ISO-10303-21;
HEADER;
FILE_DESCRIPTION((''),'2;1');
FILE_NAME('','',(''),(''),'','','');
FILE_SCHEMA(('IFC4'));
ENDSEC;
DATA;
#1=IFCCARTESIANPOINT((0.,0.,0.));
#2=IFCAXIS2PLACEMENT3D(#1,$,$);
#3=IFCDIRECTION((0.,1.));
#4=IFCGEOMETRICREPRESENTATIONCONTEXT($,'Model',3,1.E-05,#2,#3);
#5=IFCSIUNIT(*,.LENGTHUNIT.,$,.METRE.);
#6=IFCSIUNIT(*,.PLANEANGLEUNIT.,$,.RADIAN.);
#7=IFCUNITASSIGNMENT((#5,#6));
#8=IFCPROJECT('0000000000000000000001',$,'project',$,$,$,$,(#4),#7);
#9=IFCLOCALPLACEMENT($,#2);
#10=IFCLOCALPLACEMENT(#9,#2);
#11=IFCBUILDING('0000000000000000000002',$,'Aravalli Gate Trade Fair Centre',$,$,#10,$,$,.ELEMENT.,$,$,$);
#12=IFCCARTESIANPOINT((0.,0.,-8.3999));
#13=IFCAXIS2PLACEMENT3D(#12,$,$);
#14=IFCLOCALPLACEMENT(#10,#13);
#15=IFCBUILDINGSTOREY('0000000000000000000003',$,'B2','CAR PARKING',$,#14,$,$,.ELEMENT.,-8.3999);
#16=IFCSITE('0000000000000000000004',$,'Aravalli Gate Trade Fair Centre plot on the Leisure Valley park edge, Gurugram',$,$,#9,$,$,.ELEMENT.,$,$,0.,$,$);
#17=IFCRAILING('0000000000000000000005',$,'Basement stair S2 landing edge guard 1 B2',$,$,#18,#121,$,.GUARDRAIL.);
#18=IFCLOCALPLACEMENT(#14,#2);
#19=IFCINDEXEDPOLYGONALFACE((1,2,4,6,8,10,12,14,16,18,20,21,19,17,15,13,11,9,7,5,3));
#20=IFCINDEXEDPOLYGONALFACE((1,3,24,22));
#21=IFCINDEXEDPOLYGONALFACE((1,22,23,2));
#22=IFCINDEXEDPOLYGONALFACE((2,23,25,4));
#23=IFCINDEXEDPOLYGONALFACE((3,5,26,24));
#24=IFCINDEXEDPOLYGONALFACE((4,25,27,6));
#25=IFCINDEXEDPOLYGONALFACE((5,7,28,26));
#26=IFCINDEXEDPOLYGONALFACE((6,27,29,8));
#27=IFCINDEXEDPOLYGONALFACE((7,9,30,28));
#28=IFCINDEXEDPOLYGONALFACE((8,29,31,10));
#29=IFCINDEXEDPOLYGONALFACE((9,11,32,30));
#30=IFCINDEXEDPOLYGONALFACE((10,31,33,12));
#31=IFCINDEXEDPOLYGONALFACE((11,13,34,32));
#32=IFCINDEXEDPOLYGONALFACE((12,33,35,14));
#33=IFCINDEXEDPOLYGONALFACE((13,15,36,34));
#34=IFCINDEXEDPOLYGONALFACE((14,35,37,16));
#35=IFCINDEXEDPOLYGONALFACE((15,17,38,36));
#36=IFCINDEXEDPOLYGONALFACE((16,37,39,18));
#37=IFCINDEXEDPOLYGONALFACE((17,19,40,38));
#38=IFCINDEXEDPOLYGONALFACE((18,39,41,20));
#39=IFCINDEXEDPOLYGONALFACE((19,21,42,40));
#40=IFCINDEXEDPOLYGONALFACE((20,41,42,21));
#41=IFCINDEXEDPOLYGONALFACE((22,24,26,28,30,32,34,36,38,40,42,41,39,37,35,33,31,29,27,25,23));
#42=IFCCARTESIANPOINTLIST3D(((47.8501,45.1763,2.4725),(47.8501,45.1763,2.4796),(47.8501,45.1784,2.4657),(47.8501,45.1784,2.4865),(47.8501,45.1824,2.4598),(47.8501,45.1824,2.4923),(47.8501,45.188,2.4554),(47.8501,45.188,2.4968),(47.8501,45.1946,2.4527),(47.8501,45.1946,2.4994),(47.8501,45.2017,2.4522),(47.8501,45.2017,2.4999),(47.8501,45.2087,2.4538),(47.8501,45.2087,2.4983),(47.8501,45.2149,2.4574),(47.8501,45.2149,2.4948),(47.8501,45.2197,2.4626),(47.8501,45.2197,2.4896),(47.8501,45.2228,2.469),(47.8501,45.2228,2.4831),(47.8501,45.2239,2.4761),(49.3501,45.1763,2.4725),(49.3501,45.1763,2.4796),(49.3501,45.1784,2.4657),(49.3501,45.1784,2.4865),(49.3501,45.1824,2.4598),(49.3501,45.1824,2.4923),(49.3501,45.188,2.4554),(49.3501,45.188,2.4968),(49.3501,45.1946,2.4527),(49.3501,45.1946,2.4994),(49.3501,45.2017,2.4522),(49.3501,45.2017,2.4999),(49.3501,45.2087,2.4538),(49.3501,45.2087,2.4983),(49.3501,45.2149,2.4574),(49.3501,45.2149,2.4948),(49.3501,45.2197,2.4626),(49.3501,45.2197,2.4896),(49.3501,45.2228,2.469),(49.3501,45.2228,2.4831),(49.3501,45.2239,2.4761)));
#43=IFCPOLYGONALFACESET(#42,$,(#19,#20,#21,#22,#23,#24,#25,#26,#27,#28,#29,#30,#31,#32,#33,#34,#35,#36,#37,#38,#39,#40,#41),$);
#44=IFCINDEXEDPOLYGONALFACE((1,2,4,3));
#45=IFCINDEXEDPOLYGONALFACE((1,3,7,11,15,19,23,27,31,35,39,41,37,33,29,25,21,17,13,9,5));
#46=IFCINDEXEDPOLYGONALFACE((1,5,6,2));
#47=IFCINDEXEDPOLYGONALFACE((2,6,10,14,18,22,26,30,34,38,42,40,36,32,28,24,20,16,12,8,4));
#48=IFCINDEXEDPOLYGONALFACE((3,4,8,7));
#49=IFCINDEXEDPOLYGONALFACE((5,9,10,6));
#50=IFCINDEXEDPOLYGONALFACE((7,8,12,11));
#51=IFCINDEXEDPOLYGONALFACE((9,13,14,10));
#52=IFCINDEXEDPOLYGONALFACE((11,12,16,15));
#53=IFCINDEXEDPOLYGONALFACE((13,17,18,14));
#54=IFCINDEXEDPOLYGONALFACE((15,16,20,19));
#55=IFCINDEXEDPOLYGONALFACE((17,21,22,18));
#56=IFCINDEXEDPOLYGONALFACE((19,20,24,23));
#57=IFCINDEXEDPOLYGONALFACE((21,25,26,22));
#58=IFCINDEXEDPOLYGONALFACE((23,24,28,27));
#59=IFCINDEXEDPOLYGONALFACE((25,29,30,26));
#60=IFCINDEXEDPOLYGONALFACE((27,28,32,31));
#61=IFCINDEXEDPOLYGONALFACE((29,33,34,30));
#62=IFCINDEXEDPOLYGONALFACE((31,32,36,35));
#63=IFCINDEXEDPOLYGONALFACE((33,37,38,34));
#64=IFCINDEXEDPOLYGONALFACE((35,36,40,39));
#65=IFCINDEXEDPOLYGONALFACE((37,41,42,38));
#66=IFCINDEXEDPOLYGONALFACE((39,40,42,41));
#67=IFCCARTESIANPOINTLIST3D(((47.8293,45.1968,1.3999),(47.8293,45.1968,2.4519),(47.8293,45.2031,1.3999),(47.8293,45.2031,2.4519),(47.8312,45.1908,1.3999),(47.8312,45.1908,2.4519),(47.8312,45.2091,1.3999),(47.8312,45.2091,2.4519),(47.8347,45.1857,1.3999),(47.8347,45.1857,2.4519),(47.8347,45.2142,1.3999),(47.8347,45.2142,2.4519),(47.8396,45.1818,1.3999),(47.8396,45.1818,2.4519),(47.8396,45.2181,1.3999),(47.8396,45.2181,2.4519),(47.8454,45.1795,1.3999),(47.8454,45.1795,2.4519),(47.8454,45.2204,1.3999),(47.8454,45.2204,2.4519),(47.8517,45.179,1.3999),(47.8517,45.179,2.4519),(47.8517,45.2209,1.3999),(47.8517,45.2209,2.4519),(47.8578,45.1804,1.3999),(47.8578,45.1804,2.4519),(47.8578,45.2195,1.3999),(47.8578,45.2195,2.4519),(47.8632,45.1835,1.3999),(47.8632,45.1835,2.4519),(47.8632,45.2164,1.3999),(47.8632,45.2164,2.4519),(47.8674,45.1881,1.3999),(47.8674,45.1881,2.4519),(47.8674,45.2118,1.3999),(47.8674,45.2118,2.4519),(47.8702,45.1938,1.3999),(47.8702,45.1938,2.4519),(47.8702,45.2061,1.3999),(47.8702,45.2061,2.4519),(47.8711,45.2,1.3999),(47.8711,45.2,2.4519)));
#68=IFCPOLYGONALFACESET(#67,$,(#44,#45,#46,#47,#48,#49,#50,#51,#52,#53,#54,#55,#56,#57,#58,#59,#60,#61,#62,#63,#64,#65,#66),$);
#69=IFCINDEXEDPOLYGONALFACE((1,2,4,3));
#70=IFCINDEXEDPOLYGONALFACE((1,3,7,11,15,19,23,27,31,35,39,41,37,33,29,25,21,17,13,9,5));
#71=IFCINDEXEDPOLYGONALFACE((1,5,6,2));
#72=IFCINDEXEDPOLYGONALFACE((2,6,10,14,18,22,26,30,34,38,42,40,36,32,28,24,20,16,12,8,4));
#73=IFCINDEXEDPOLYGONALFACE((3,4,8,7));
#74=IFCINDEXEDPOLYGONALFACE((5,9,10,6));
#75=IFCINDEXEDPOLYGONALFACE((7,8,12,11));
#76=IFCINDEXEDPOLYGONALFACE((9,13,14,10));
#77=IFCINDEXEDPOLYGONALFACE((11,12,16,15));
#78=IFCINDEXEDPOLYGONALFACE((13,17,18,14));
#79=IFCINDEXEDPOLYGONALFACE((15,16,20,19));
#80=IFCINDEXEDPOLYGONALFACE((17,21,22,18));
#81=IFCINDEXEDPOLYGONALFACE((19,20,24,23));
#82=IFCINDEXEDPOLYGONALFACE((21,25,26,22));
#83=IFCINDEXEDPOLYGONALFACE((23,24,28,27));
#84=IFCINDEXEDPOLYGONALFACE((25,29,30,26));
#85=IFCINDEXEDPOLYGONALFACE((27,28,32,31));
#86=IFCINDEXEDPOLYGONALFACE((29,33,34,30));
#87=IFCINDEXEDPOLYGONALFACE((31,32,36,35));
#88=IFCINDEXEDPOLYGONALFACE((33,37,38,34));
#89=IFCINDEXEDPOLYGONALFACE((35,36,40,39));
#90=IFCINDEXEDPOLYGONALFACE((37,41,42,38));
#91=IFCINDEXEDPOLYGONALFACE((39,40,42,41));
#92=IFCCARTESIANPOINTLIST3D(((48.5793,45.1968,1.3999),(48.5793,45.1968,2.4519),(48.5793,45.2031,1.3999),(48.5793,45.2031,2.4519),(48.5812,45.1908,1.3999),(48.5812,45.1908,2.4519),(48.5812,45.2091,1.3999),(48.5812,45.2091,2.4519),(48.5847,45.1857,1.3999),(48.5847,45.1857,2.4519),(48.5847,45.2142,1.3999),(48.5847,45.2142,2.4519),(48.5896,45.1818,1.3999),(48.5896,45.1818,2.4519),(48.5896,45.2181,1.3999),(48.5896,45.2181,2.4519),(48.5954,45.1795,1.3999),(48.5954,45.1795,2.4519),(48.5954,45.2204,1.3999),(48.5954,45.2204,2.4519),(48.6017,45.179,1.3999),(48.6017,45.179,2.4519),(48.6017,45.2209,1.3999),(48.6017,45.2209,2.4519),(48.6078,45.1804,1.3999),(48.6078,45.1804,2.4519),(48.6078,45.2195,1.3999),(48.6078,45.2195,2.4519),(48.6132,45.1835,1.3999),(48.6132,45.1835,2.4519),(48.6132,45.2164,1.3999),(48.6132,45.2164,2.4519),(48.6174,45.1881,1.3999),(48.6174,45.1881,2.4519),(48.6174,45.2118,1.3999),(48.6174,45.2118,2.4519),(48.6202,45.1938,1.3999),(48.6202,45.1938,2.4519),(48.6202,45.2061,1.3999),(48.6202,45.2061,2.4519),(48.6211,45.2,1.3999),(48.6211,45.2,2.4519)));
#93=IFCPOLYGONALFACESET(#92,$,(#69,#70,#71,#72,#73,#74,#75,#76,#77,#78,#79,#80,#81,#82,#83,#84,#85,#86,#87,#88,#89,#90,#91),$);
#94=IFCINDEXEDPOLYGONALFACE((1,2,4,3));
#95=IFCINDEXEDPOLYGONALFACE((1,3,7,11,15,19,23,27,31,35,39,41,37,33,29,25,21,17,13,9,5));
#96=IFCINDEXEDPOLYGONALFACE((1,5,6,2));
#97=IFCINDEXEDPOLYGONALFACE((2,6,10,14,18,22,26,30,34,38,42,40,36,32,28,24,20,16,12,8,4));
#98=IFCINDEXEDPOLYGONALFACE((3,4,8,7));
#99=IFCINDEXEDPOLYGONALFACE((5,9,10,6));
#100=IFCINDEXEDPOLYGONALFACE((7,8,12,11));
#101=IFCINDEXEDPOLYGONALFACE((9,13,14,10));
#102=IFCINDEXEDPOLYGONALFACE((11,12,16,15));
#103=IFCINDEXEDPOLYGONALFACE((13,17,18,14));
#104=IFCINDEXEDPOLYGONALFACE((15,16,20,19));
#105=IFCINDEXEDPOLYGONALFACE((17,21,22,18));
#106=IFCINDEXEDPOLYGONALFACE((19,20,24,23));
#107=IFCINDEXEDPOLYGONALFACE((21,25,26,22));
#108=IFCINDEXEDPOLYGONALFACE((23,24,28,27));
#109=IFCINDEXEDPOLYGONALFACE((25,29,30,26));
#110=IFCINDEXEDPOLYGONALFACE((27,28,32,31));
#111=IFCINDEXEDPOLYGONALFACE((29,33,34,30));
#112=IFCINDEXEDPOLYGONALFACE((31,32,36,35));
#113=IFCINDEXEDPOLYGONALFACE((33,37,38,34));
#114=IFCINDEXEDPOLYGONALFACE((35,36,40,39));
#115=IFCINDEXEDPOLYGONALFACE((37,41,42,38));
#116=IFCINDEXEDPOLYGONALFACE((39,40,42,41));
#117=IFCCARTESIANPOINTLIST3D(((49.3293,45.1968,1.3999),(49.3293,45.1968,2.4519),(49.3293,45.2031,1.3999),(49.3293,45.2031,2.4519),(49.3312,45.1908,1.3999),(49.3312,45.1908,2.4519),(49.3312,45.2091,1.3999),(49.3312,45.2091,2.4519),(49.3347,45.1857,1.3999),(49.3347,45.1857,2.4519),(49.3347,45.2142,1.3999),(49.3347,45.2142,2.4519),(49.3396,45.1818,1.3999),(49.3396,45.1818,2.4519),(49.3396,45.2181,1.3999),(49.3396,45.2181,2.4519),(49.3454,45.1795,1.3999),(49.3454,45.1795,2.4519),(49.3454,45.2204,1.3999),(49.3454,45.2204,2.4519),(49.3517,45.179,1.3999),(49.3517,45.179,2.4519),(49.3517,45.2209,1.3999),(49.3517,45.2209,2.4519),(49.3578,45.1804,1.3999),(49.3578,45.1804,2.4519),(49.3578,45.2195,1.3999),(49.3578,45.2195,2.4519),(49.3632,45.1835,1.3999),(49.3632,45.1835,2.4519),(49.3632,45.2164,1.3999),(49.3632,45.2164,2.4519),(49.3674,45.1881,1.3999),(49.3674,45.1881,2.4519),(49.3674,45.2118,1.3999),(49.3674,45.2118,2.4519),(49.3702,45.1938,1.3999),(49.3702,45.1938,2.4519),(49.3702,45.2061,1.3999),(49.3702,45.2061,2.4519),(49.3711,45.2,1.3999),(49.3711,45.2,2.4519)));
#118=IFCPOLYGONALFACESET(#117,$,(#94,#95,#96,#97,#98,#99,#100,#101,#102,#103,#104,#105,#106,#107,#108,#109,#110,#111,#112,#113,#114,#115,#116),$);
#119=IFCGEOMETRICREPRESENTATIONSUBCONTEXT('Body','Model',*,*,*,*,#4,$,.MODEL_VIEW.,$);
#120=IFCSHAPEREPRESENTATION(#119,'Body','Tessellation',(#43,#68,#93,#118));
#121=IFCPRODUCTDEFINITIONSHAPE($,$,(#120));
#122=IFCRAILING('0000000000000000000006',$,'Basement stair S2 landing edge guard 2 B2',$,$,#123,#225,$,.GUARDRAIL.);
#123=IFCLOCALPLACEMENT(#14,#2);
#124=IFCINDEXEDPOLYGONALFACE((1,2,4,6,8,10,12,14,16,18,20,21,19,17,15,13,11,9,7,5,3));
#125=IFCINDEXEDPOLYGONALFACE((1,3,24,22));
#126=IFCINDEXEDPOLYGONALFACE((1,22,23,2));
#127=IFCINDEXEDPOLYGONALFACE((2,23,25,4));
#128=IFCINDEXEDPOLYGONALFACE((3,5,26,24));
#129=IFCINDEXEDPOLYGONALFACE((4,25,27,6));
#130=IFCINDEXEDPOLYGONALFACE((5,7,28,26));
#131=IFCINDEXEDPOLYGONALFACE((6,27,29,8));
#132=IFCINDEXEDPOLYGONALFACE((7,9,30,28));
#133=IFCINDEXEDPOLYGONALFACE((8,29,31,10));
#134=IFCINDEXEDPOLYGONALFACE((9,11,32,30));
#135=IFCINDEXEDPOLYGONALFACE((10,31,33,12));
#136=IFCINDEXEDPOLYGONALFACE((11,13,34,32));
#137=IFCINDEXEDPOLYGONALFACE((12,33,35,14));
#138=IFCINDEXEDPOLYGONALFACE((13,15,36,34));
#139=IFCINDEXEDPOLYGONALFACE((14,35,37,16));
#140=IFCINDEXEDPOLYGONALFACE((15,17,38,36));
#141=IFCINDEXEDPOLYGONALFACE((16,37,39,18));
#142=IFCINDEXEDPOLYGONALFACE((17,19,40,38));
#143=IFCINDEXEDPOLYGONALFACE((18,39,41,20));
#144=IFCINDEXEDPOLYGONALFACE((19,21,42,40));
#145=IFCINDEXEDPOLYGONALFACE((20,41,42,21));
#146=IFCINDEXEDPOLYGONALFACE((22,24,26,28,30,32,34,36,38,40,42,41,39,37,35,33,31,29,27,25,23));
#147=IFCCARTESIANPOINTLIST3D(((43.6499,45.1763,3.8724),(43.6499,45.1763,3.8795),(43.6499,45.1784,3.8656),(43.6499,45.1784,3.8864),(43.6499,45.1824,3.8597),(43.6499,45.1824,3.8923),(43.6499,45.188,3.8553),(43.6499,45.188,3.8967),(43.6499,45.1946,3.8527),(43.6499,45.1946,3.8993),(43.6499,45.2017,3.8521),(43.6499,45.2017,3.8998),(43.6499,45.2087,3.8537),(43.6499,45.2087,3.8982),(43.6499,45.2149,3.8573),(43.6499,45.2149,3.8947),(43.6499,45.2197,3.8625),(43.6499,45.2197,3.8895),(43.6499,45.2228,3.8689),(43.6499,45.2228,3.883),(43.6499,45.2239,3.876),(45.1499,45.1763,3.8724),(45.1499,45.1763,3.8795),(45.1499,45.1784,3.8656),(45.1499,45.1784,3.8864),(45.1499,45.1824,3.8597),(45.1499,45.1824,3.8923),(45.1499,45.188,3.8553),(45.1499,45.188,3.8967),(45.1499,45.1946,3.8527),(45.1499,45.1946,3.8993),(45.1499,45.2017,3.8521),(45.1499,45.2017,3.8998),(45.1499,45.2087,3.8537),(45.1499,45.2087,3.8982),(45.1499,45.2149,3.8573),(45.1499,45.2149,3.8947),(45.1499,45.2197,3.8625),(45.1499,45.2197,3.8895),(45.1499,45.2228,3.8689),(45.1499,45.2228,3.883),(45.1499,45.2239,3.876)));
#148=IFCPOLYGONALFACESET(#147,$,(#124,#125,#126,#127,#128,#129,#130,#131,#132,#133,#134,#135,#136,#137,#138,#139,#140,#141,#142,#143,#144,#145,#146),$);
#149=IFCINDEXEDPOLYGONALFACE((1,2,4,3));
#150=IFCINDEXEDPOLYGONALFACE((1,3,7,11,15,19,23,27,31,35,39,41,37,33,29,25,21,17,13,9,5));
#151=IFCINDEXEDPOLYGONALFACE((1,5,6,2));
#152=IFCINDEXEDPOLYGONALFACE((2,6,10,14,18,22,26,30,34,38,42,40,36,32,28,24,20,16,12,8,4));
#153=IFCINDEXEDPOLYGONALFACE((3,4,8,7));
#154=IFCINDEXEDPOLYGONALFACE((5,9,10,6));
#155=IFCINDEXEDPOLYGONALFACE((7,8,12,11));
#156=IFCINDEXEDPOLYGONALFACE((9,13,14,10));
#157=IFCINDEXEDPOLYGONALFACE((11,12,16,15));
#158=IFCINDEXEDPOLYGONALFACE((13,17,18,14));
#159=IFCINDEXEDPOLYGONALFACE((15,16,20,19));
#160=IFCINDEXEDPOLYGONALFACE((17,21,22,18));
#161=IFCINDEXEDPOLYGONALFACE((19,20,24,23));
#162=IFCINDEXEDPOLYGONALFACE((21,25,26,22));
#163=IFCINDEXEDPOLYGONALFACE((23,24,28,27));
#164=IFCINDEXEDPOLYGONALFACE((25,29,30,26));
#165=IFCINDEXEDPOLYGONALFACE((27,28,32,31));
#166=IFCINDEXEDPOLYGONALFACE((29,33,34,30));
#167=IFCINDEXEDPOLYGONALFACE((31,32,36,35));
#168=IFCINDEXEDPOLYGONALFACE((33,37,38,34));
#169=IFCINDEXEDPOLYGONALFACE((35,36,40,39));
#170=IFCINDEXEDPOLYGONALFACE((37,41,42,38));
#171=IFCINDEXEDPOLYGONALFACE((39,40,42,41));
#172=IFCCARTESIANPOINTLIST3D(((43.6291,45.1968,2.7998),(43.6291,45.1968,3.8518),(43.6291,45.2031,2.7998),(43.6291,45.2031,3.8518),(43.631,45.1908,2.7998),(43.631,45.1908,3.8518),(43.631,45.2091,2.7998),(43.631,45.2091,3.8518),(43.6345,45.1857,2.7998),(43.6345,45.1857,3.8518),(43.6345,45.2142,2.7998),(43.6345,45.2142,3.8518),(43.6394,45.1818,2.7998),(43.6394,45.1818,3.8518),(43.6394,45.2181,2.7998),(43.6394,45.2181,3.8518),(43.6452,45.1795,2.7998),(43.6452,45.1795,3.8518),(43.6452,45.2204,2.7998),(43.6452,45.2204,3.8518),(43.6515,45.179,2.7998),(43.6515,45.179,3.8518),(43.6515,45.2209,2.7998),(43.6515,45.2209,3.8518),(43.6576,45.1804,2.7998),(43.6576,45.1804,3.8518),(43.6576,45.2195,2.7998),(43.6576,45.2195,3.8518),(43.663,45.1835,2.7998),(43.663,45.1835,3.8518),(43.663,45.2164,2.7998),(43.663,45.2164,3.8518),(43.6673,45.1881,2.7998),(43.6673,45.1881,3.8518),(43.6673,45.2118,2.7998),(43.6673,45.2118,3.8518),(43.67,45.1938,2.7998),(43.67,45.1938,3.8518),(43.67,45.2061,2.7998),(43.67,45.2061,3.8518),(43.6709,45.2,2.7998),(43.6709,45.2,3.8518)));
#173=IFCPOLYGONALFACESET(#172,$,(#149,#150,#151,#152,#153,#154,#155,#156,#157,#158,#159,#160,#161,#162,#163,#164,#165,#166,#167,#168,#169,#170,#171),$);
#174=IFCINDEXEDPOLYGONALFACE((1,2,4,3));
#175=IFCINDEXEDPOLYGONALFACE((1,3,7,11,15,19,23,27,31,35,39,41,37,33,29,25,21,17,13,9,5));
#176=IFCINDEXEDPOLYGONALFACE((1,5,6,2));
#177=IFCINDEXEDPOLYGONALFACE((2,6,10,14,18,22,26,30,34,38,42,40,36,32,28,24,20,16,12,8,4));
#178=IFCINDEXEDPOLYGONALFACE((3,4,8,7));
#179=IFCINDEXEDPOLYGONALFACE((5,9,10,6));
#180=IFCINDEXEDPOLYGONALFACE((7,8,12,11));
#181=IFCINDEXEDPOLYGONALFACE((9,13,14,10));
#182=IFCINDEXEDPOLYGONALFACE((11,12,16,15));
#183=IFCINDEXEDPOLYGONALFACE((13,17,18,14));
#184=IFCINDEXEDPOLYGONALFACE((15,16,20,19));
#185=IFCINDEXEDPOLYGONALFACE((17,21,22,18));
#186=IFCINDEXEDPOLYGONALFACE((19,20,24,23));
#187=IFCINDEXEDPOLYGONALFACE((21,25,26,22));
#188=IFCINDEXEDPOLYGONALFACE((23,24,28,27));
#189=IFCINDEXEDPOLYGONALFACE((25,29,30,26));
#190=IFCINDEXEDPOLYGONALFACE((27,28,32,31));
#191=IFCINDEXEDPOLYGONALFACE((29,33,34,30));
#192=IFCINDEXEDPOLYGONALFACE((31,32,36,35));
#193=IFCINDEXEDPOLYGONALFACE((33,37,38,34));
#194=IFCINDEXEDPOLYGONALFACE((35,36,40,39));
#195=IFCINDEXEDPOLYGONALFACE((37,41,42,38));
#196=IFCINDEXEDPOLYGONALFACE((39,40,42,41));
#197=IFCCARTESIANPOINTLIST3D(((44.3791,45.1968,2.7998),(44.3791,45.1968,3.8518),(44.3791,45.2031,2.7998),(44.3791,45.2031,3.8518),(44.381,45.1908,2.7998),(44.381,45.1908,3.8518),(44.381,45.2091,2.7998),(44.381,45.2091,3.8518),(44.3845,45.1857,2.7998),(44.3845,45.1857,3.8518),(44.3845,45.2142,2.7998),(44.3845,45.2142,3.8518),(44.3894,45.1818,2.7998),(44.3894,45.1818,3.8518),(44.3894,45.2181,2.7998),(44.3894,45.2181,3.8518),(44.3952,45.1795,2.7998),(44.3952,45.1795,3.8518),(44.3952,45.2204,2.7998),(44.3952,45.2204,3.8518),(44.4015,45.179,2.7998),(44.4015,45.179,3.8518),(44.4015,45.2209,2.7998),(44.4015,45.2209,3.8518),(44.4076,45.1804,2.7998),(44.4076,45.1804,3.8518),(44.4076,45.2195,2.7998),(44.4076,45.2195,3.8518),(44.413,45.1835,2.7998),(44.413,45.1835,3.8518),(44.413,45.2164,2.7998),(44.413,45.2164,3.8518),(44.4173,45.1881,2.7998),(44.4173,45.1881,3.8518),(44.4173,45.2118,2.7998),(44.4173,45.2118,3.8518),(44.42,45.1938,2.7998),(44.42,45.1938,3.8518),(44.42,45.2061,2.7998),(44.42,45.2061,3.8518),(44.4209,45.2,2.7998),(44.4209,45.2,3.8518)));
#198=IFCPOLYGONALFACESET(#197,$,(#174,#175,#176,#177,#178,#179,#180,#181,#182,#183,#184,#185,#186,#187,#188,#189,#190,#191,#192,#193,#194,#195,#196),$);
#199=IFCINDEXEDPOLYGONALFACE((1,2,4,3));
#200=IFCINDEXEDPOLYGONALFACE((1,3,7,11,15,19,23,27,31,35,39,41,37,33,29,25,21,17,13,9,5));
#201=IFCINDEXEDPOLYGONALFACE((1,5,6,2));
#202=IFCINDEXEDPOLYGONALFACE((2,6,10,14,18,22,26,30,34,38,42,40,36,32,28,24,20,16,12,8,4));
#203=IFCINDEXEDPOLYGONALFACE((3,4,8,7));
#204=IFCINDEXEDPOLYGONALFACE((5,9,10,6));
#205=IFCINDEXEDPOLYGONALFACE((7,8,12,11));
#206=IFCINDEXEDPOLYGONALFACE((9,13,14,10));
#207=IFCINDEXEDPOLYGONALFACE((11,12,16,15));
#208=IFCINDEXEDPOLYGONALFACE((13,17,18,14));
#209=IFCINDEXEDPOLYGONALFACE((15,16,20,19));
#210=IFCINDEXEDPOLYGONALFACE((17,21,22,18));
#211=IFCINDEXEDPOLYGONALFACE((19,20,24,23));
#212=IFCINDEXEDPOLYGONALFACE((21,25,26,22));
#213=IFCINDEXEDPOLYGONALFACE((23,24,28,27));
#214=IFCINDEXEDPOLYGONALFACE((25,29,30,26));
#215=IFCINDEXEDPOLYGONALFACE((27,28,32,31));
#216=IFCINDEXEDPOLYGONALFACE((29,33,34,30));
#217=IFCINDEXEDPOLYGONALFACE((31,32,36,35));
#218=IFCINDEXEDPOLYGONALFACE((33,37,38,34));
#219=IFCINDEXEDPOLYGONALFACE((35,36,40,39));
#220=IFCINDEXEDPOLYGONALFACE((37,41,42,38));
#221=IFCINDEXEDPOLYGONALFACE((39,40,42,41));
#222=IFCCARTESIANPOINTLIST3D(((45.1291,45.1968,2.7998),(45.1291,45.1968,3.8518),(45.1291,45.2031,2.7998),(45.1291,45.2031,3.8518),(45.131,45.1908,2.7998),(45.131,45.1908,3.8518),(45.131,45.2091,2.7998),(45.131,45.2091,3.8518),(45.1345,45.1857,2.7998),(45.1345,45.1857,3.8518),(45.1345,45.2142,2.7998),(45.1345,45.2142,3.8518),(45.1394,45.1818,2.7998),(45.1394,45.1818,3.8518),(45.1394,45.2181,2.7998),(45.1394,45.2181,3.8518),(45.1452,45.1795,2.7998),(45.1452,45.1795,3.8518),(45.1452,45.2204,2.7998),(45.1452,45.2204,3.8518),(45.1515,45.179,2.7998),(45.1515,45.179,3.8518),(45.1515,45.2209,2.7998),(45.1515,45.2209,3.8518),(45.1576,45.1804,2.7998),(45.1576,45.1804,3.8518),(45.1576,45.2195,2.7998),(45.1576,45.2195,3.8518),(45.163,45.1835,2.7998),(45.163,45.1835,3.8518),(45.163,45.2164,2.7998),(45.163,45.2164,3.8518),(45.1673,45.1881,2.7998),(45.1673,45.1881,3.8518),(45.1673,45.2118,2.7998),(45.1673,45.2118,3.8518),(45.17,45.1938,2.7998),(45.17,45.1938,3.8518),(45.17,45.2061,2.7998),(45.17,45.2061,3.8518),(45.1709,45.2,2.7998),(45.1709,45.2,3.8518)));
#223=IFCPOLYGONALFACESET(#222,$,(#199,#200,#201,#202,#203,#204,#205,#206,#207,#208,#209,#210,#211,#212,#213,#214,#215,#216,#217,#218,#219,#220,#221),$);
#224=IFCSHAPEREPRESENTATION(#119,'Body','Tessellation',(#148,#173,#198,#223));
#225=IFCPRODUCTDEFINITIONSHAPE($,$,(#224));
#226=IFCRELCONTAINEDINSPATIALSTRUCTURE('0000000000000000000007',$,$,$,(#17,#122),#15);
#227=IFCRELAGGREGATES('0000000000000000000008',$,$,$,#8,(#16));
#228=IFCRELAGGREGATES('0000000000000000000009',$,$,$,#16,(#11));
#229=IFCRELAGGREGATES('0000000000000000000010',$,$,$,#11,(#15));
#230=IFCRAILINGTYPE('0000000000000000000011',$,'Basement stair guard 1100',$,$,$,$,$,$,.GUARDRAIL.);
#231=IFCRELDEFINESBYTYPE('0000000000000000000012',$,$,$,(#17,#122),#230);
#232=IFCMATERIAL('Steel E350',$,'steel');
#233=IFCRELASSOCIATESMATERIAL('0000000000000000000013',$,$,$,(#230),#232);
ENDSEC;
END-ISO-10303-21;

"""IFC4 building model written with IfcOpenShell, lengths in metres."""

from ifc_helpers import new_model, si_unit, direction, frame, origin, origin_2d, place, context, subcontext, project, spatial, circle, extrude, material, type_object, element, save


model = new_model("IFC4")

# Units and contexts
model_context = context("Model", 3, precision=1e-05, world=origin(), true_north=direction((0.0, 1.0)))
body_context = subcontext(model_context, "Body", "Model", "MODEL_VIEW")
ifc_project = project(units=[si_unit("LENGTHUNIT", "METRE"), si_unit("PLANEANGLEUNIT", "RADIAN")], contexts=[model_context])

# Site, building, storey
site_placement = place(None, origin())
site = spatial("IfcSite", under=ifc_project, at=site_placement, Name="Aravalli Gate Trade Fair Centre plot on the Leisure Valley park edge, Gurugram", CompositionType="ELEMENT", RefElevation=0.0)
building_placement = place(site_placement, origin())
building = spatial("IfcBuilding", under=site, at=building_placement, Name="Aravalli Gate Trade Fair Centre", CompositionType="ELEMENT")
storey_placement = place(building_placement, frame((0.0, 0.0, -8.3999)))
storey = spatial("IfcBuildingStorey", under=building, at=storey_placement, Name="B2", Description="CAR PARKING", CompositionType="ELEMENT", Elevation=-8.3999)

# Railings
ifc_material_1 = material(Name="Steel E350", Category="steel")
railing_type_1 = type_object("IfcRailingType", Name="Basement stair guard 1100", PredefinedType="GUARDRAIL", material=ifc_material_1)
for number, where, name in (
    (1, (47.8501, 45.2, 1.3999), "Basement stair S2 landing edge guard 1 B2"),
    (2, (43.6499, 45.2, 2.7998), "Basement stair S2 landing edge guard 2 B2"),
):
    element("IfcRailing", number, at=place(storey_placement, frame(where)), inside=storey, type_object=railing_type_1, Name=name, PredefinedType="GUARDRAIL", context=body_context, shape_type="SweptSolid", body=[
        extrude(circle(Radius=0.0239, at=origin_2d()), frame((0.0, 0.0, 1.0762), z_axis=(1.0, 0.0, 0.0), x_axis=(0.0, 1.0, 0.0)), (0.0, 0.0, 1.0), 1.5),
        extrude(circle(Radius=0.021, at=origin_2d()), origin(), (0.0, 0.0, 1.0), 1.052),
        extrude(circle(Radius=0.021, at=origin_2d()), frame((0.75, 0.0, 0.0)), (0.0, 0.0, 1.0), 1.052),
        extrude(circle(Radius=0.021, at=origin_2d()), frame((1.5, 0.0, 0.0)), (0.0, 0.0, 1.0), 1.052),
    ])

save(model, "model.ifc")
